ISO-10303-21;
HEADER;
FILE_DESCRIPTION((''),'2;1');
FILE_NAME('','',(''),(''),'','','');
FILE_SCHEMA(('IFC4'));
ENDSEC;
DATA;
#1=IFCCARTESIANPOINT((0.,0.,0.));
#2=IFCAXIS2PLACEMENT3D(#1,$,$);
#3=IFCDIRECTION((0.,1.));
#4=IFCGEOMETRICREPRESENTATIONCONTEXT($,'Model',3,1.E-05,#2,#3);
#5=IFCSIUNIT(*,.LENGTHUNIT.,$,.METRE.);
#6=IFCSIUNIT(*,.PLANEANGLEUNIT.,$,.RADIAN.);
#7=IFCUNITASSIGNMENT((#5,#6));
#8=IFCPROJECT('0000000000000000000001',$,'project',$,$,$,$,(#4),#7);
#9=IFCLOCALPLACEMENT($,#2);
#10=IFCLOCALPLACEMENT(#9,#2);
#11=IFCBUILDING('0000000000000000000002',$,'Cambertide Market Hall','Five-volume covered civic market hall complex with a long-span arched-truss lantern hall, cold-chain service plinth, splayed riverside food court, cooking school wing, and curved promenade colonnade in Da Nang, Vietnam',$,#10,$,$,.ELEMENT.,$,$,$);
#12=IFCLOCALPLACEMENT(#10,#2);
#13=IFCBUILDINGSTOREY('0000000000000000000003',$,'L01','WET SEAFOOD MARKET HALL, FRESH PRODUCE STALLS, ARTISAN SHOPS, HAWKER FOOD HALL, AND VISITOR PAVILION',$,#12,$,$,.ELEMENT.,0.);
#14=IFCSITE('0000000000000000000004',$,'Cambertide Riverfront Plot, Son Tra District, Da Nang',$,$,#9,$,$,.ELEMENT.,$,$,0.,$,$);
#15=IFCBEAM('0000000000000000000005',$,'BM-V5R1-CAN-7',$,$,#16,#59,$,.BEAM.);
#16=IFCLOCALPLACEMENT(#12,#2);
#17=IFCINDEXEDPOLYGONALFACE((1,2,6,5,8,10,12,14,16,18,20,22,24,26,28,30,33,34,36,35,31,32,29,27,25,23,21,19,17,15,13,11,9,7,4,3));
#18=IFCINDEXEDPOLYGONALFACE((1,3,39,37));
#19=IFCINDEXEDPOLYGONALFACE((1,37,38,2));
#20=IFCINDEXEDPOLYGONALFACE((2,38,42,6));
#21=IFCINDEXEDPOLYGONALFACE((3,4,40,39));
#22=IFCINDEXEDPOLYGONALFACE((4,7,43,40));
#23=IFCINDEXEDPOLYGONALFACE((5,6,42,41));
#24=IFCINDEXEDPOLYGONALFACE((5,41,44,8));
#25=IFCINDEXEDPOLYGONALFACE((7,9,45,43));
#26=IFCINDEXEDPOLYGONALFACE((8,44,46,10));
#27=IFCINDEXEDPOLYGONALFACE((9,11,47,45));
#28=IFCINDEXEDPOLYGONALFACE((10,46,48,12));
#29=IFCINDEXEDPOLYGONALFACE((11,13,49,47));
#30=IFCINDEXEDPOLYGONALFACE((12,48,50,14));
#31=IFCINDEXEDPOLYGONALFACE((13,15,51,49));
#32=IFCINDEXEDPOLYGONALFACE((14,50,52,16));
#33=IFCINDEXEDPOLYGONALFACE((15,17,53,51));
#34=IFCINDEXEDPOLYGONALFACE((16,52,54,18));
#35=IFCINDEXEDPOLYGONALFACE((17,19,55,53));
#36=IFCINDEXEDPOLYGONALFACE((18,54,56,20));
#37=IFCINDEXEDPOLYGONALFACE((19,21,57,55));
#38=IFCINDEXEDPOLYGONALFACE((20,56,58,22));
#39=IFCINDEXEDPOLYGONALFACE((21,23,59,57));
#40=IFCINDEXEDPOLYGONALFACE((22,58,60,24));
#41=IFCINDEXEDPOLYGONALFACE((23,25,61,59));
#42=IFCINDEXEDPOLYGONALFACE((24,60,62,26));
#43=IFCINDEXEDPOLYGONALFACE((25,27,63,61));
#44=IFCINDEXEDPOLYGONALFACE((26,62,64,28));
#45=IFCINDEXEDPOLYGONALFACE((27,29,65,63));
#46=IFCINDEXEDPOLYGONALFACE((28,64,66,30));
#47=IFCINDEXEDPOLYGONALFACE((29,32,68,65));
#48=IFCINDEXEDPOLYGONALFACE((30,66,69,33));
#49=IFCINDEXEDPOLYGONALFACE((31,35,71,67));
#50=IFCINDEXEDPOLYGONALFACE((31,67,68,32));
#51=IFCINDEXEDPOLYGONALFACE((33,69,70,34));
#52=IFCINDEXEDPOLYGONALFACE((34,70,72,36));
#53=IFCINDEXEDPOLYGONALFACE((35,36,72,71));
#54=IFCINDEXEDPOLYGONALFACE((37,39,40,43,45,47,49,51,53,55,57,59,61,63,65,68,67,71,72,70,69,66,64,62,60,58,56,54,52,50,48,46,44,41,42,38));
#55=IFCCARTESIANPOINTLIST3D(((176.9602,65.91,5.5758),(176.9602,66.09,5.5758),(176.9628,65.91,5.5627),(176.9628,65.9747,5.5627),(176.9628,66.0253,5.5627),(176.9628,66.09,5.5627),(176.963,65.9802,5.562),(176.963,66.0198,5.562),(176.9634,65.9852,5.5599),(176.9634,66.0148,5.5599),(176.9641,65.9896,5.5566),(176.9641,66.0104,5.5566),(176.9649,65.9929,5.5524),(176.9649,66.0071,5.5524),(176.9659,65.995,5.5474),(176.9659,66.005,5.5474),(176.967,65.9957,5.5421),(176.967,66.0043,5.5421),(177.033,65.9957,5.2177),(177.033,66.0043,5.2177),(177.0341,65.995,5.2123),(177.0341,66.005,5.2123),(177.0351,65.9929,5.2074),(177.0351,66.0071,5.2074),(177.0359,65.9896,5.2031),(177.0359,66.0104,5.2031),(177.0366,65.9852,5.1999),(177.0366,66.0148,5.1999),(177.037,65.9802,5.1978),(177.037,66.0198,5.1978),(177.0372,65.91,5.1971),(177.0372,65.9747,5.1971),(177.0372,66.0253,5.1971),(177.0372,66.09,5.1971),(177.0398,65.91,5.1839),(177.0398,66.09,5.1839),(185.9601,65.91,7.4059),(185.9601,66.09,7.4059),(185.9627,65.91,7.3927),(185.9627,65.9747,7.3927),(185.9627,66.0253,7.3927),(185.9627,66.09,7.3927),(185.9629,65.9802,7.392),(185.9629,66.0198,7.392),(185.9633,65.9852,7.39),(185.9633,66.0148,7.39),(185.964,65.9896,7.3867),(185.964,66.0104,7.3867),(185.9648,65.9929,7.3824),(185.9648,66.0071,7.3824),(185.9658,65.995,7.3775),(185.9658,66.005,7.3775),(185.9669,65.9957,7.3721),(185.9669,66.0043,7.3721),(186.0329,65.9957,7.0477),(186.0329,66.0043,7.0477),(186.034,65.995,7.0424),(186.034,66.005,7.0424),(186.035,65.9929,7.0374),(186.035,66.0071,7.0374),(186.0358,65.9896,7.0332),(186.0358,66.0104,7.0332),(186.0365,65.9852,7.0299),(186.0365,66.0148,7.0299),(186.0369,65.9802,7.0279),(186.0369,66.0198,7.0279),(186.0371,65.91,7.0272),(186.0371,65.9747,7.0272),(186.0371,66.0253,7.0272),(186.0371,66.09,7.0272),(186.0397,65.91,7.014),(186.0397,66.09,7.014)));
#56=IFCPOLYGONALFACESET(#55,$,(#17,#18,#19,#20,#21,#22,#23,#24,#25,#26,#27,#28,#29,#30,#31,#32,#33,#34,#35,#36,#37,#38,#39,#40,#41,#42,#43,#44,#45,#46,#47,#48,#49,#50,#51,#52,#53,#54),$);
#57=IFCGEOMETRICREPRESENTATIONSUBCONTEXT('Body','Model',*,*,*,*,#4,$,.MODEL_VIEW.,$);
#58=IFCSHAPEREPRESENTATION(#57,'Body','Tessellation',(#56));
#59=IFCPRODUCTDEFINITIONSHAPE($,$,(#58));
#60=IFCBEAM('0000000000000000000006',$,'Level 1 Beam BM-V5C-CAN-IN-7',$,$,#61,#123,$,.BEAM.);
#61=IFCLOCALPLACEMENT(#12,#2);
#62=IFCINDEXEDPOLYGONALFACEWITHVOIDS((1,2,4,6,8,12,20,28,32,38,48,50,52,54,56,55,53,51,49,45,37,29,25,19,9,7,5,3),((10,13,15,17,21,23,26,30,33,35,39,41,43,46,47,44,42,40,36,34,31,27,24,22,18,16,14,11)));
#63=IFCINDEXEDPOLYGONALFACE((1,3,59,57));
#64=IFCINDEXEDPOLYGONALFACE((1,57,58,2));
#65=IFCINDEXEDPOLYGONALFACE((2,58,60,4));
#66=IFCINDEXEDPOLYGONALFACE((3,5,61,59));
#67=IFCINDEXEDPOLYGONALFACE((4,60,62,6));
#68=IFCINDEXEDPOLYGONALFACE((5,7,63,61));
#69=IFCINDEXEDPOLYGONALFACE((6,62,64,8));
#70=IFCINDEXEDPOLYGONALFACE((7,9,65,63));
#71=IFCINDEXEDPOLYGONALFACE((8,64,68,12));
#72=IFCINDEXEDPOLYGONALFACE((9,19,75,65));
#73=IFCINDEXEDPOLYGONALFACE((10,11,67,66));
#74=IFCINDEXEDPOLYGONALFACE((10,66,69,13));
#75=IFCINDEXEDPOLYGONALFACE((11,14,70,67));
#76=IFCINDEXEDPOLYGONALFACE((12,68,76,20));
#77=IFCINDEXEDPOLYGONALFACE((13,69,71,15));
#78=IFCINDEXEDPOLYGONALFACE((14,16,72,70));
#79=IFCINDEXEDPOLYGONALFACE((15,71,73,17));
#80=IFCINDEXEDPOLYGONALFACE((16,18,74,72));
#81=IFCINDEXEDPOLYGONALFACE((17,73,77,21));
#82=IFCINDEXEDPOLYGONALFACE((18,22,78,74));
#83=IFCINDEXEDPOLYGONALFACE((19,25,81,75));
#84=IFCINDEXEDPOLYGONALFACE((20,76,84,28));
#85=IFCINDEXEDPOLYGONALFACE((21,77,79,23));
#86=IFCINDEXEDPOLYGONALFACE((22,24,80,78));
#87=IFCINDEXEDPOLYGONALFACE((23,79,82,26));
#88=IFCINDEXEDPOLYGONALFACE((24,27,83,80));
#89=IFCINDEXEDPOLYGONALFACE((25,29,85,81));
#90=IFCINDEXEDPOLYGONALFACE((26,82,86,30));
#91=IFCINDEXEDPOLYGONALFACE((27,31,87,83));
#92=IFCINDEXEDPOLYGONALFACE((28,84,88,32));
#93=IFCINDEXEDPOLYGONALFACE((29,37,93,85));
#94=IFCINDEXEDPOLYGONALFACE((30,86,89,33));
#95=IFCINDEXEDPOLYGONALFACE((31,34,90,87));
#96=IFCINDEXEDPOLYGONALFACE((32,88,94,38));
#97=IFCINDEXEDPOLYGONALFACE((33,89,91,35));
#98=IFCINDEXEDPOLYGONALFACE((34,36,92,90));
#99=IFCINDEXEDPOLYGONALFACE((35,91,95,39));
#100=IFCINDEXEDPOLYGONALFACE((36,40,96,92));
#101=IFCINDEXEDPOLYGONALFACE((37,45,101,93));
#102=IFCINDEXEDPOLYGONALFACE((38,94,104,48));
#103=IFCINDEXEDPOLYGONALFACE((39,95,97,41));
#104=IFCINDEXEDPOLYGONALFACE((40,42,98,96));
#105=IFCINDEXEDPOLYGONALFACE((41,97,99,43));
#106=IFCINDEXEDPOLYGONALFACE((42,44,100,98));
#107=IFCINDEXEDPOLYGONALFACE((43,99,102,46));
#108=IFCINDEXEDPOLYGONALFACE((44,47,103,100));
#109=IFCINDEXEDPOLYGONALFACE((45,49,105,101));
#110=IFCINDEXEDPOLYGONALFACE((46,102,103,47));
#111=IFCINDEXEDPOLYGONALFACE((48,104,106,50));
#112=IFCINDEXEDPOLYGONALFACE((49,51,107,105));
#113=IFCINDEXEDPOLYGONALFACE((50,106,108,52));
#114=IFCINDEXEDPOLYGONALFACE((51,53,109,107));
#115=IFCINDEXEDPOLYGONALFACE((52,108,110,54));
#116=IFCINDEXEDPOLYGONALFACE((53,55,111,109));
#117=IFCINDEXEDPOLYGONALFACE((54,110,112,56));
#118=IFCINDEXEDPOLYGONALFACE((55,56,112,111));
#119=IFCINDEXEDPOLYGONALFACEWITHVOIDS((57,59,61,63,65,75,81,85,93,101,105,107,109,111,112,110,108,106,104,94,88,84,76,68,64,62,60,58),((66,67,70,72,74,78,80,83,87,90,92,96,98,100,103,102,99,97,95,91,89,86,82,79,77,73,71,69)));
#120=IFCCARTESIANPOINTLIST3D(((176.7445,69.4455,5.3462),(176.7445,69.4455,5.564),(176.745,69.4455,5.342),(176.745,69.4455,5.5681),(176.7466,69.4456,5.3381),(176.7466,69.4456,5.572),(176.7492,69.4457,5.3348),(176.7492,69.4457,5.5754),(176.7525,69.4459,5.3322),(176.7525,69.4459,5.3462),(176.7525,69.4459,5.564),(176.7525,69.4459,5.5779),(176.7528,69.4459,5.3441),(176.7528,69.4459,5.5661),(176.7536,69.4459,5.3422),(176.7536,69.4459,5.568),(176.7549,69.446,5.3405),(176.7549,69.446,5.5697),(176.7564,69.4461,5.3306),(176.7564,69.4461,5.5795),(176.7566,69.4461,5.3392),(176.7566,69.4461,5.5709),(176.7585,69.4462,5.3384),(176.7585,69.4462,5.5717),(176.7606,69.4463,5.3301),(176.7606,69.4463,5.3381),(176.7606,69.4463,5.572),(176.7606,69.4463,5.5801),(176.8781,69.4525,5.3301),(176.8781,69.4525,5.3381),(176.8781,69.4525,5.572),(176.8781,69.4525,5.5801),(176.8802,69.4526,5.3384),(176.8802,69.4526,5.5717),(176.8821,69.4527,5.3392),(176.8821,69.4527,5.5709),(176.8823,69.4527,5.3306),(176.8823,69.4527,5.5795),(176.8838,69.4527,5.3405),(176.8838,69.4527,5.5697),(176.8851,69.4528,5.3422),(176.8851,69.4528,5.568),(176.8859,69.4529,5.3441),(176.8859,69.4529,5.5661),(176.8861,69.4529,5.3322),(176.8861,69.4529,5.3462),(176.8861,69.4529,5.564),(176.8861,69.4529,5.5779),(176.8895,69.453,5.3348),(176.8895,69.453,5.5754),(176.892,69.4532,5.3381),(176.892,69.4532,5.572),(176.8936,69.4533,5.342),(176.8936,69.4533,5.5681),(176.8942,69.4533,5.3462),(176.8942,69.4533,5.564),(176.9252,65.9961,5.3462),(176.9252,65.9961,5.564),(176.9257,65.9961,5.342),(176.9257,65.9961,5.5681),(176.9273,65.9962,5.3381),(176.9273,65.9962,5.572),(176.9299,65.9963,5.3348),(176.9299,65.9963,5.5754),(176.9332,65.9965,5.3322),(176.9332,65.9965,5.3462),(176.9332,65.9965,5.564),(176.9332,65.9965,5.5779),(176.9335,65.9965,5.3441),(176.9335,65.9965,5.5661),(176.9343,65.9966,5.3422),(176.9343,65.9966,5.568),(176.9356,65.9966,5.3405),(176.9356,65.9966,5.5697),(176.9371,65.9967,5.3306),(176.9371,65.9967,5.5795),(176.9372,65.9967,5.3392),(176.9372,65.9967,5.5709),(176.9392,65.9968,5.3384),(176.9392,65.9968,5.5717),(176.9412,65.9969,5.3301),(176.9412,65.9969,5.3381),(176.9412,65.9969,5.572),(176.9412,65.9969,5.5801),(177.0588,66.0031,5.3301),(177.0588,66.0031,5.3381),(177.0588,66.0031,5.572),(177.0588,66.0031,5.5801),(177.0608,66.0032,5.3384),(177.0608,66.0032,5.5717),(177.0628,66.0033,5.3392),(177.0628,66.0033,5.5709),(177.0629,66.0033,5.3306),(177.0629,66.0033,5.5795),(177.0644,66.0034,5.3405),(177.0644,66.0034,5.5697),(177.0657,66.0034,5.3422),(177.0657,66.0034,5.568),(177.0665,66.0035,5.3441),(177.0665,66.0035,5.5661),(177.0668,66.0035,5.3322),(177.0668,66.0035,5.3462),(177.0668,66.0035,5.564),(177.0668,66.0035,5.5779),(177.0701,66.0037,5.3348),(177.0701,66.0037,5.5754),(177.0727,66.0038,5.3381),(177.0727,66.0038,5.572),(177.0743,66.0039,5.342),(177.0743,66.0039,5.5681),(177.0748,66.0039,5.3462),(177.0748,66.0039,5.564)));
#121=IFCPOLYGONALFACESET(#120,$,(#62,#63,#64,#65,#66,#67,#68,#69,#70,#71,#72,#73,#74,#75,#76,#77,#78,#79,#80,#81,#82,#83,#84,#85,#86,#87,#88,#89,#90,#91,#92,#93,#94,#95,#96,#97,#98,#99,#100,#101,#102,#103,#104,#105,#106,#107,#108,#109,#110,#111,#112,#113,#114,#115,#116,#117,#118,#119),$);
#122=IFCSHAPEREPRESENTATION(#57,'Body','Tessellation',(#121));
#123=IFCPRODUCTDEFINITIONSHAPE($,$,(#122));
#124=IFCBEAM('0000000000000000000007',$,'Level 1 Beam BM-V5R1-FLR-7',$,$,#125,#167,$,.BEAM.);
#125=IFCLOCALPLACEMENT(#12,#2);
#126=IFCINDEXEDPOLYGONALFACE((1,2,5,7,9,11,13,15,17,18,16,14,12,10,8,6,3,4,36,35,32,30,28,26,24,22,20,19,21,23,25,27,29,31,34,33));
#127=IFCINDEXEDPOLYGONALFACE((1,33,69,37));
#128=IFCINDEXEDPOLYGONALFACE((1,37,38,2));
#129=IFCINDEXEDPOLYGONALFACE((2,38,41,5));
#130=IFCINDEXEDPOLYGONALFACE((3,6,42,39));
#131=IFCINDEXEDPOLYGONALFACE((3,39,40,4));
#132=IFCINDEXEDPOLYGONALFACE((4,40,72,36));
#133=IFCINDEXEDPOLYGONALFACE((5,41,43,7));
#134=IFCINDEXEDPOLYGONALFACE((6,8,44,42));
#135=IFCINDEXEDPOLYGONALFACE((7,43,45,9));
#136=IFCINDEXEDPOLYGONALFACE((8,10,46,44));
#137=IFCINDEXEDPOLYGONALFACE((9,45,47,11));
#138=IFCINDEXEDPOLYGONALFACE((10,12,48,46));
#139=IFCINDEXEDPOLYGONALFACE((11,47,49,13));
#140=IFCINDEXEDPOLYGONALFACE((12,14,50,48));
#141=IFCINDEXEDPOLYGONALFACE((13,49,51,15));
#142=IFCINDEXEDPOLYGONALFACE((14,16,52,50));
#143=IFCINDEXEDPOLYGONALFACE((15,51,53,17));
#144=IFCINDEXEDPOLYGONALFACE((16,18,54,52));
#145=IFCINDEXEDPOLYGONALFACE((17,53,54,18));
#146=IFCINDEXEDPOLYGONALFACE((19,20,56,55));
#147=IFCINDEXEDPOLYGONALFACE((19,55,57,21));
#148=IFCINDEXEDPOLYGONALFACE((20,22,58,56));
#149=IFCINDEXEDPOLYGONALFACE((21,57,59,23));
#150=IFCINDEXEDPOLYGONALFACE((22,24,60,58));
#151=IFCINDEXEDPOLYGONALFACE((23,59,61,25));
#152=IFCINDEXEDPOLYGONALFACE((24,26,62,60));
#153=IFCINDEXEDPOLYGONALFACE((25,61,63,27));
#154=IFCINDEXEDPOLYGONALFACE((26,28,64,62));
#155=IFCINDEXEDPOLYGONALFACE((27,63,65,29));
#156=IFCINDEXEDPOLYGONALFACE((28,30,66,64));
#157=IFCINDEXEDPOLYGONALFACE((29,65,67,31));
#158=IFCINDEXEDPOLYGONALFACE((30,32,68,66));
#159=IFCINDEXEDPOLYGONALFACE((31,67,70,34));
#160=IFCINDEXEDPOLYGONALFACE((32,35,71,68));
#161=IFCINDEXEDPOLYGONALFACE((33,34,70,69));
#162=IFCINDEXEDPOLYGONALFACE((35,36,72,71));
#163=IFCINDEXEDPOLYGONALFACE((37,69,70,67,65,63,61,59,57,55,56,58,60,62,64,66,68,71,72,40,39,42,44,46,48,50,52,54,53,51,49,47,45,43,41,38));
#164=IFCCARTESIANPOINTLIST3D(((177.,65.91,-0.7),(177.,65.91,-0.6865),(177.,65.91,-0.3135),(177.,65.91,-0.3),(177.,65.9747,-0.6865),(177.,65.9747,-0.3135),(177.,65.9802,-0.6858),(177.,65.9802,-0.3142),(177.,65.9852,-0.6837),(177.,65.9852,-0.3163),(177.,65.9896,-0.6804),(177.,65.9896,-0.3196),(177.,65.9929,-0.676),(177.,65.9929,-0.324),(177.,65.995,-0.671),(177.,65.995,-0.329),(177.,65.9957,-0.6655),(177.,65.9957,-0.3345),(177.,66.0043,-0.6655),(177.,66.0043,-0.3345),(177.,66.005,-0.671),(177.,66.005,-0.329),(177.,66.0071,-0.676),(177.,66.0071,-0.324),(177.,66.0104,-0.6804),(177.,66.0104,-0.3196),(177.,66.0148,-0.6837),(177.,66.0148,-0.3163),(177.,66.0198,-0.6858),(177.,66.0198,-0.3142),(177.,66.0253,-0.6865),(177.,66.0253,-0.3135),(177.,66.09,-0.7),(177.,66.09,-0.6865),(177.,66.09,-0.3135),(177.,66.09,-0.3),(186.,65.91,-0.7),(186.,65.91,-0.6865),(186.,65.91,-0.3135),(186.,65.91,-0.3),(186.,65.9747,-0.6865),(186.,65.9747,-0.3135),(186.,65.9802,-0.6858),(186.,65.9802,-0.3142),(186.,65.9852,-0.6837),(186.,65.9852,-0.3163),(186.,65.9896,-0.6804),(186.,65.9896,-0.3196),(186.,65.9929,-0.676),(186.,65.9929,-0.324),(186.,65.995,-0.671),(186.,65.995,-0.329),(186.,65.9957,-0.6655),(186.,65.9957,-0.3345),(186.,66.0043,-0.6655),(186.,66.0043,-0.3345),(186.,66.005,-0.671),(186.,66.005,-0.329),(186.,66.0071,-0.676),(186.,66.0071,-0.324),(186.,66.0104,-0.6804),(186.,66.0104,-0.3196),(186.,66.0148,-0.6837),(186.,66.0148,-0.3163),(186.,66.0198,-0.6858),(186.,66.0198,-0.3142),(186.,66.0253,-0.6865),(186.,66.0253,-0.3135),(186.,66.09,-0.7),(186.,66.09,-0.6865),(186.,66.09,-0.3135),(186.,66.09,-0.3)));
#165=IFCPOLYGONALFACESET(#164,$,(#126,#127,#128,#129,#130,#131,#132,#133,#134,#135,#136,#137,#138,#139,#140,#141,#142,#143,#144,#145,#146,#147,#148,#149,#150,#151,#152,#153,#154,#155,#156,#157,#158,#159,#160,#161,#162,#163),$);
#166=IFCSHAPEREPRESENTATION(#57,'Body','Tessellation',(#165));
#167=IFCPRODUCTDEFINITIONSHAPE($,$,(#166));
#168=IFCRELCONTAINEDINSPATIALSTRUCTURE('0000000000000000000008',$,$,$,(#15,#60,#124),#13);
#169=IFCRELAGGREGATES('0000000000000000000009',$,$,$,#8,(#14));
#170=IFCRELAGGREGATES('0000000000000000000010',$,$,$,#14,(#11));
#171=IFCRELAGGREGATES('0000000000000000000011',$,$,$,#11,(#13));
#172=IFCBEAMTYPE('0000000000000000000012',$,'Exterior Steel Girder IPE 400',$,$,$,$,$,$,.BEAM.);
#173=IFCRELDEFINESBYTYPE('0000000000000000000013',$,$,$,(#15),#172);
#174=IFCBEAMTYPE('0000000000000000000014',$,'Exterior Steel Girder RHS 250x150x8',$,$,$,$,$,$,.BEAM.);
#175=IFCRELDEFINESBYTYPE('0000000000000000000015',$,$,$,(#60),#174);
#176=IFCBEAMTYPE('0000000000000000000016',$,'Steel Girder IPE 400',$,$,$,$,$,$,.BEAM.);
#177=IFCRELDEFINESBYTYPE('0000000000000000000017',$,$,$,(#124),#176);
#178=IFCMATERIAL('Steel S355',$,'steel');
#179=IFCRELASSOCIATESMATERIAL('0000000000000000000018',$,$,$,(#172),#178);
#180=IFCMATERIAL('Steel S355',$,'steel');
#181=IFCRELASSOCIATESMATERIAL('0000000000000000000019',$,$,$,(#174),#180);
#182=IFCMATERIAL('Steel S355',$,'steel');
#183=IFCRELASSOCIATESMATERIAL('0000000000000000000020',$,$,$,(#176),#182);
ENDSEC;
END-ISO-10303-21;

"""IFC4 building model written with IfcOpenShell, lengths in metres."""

from ifc_helpers import new_model, si_unit, direction, frame, origin, origin_2d, place, context, subcontext, project, spatial, hollow_rectangle, i_section, extrude, material, material_profile, profile_set, type_object, element, save


model = new_model("IFC4")

# Units and contexts
model_context = context("Model", 3, precision=1e-05, world=origin(), true_north=direction((0.0, 1.0)))
body_context = subcontext(model_context, "Body", "Model", "MODEL_VIEW")
ifc_project = project(units=[si_unit("LENGTHUNIT", "METRE"), si_unit("PLANEANGLEUNIT", "RADIAN")], contexts=[model_context])

# Site, building, storey
site_placement = place(None, origin())
site = spatial("IfcSite", under=ifc_project, at=site_placement, Name="Cambertide Riverfront Plot, Son Tra District, Da Nang", CompositionType="ELEMENT", RefElevation=0.0)
building_placement = place(site_placement, origin())
building = spatial("IfcBuilding", under=site, at=building_placement, Name="Cambertide Market Hall", Description="Five-volume covered civic market hall complex with a long-span arched-truss lantern hall, cold-chain service plinth, splayed riverside food court, cooking school wing, and curved promenade colonnade in Da Nang, Vietnam", CompositionType="ELEMENT")
storey_placement = place(building_placement, origin())
storey = spatial("IfcBuildingStorey", under=building, at=storey_placement, Name="L01", Description="WET SEAFOOD MARKET HALL, FRESH PRODUCE STALLS, ARTISAN SHOPS, HAWKER FOOD HALL, AND VISITOR PAVILION", CompositionType="ELEMENT", Elevation=0.0)

# Beams
ifc_material_1 = material(Name="Steel S355", Category="steel")
ifc_material_profile_1 = material_profile(ifc_material_1, i_section(OverallWidth=0.1799, OverallDepth=0.3999, WebThickness=0.0085, FlangeThickness=0.0134, FilletRadius=0.021, at=origin_2d()), Name="IPE 400")
ifc_profile_set_1 = profile_set([ifc_material_profile_1], Name="Steel S355")
beam_type_1 = type_object("IfcBeamType", Name="Exterior Steel Girder IPE 400", PredefinedType="BEAM", material=ifc_profile_set_1)
beam_1_placement = place(storey_placement, frame((177.0, 66.0, 5.3799), z_axis=(0.979946, 0.0, 0.199264), x_axis=(0.0, 1.0, 0.0)))
element("IfcBeam", 1, at=beam_1_placement, inside=storey, type_object=beam_type_1, Name="BM-V5R1-CAN-7", PredefinedType="BEAM", context=body_context, shape_type="SweptSolid", body=[
    extrude(i_section(OverallWidth=0.1799, OverallDepth=0.3999, WebThickness=0.0085, FlangeThickness=0.0134, FilletRadius=0.021, at=origin_2d()), origin(), (0.0, 0.0, 1.0), 9.1841),
])
ifc_material_2 = material(Name="Steel S355", Category="steel")
ifc_material_profile_2 = material_profile(ifc_material_2, hollow_rectangle(XDim=0.1499, YDim=0.25, WallThickness=0.0081, InnerFilletRadius=0.0081, OuterFilletRadius=0.0161, at=origin_2d()), Name="RHS 250x150x8")
ifc_profile_set_2 = profile_set([ifc_material_profile_2], Name="Steel S355")
beam_type_2 = type_object("IfcBeamType", Name="Exterior Steel Girder RHS 250x150x8", PredefinedType="BEAM", material=ifc_profile_set_2)
beam_2_placement = place(storey_placement, frame((177.0, 66.0, 5.4551), z_axis=(-0.052303, 0.998631, 0.0), x_axis=(-0.998631, -0.052303, 0.0)))
element("IfcBeam", 2, at=beam_2_placement, inside=storey, type_object=beam_type_2, Name="Level 1 Beam BM-V5C-CAN-IN-7", PredefinedType="BEAM", context=body_context, shape_type="SweptSolid", body=[
    extrude(hollow_rectangle(XDim=0.1499, YDim=0.25, WallThickness=0.0081, InnerFilletRadius=0.0081, OuterFilletRadius=0.0161, at=origin_2d()), origin(), (0.0, 0.0, 1.0), 3.4541),
])
ifc_material_3 = material(Name="Steel S355", Category="steel")
ifc_material_profile_3 = material_profile(ifc_material_3, i_section(OverallWidth=0.1799, OverallDepth=0.3999, WebThickness=0.0085, FlangeThickness=0.0134, FilletRadius=0.021, at=origin_2d()), Name="IPE 400")
ifc_profile_set_3 = profile_set([ifc_material_profile_3], Name="Steel S355")
beam_type_3 = type_object("IfcBeamType", Name="Steel Girder IPE 400", PredefinedType="BEAM", material=ifc_profile_set_3)
beam_3_placement = place(storey_placement, frame((177.0, 66.0, -0.5), z_axis=(1.0, 0.0, 0.0), x_axis=(0.0, 1.0, 0.0)))
element("IfcBeam", 3, at=beam_3_placement, inside=storey, type_object=beam_type_3, Name="Level 1 Beam BM-V5R1-FLR-7", PredefinedType="BEAM", context=body_context, shape_type="SweptSolid", body=[
    extrude(i_section(OverallWidth=0.1799, OverallDepth=0.3999, WebThickness=0.0085, FlangeThickness=0.0134, FilletRadius=0.021, at=origin_2d()), origin(), (0.0, 0.0, 1.0), 9.0),
])

save(model, "model.ifc")
